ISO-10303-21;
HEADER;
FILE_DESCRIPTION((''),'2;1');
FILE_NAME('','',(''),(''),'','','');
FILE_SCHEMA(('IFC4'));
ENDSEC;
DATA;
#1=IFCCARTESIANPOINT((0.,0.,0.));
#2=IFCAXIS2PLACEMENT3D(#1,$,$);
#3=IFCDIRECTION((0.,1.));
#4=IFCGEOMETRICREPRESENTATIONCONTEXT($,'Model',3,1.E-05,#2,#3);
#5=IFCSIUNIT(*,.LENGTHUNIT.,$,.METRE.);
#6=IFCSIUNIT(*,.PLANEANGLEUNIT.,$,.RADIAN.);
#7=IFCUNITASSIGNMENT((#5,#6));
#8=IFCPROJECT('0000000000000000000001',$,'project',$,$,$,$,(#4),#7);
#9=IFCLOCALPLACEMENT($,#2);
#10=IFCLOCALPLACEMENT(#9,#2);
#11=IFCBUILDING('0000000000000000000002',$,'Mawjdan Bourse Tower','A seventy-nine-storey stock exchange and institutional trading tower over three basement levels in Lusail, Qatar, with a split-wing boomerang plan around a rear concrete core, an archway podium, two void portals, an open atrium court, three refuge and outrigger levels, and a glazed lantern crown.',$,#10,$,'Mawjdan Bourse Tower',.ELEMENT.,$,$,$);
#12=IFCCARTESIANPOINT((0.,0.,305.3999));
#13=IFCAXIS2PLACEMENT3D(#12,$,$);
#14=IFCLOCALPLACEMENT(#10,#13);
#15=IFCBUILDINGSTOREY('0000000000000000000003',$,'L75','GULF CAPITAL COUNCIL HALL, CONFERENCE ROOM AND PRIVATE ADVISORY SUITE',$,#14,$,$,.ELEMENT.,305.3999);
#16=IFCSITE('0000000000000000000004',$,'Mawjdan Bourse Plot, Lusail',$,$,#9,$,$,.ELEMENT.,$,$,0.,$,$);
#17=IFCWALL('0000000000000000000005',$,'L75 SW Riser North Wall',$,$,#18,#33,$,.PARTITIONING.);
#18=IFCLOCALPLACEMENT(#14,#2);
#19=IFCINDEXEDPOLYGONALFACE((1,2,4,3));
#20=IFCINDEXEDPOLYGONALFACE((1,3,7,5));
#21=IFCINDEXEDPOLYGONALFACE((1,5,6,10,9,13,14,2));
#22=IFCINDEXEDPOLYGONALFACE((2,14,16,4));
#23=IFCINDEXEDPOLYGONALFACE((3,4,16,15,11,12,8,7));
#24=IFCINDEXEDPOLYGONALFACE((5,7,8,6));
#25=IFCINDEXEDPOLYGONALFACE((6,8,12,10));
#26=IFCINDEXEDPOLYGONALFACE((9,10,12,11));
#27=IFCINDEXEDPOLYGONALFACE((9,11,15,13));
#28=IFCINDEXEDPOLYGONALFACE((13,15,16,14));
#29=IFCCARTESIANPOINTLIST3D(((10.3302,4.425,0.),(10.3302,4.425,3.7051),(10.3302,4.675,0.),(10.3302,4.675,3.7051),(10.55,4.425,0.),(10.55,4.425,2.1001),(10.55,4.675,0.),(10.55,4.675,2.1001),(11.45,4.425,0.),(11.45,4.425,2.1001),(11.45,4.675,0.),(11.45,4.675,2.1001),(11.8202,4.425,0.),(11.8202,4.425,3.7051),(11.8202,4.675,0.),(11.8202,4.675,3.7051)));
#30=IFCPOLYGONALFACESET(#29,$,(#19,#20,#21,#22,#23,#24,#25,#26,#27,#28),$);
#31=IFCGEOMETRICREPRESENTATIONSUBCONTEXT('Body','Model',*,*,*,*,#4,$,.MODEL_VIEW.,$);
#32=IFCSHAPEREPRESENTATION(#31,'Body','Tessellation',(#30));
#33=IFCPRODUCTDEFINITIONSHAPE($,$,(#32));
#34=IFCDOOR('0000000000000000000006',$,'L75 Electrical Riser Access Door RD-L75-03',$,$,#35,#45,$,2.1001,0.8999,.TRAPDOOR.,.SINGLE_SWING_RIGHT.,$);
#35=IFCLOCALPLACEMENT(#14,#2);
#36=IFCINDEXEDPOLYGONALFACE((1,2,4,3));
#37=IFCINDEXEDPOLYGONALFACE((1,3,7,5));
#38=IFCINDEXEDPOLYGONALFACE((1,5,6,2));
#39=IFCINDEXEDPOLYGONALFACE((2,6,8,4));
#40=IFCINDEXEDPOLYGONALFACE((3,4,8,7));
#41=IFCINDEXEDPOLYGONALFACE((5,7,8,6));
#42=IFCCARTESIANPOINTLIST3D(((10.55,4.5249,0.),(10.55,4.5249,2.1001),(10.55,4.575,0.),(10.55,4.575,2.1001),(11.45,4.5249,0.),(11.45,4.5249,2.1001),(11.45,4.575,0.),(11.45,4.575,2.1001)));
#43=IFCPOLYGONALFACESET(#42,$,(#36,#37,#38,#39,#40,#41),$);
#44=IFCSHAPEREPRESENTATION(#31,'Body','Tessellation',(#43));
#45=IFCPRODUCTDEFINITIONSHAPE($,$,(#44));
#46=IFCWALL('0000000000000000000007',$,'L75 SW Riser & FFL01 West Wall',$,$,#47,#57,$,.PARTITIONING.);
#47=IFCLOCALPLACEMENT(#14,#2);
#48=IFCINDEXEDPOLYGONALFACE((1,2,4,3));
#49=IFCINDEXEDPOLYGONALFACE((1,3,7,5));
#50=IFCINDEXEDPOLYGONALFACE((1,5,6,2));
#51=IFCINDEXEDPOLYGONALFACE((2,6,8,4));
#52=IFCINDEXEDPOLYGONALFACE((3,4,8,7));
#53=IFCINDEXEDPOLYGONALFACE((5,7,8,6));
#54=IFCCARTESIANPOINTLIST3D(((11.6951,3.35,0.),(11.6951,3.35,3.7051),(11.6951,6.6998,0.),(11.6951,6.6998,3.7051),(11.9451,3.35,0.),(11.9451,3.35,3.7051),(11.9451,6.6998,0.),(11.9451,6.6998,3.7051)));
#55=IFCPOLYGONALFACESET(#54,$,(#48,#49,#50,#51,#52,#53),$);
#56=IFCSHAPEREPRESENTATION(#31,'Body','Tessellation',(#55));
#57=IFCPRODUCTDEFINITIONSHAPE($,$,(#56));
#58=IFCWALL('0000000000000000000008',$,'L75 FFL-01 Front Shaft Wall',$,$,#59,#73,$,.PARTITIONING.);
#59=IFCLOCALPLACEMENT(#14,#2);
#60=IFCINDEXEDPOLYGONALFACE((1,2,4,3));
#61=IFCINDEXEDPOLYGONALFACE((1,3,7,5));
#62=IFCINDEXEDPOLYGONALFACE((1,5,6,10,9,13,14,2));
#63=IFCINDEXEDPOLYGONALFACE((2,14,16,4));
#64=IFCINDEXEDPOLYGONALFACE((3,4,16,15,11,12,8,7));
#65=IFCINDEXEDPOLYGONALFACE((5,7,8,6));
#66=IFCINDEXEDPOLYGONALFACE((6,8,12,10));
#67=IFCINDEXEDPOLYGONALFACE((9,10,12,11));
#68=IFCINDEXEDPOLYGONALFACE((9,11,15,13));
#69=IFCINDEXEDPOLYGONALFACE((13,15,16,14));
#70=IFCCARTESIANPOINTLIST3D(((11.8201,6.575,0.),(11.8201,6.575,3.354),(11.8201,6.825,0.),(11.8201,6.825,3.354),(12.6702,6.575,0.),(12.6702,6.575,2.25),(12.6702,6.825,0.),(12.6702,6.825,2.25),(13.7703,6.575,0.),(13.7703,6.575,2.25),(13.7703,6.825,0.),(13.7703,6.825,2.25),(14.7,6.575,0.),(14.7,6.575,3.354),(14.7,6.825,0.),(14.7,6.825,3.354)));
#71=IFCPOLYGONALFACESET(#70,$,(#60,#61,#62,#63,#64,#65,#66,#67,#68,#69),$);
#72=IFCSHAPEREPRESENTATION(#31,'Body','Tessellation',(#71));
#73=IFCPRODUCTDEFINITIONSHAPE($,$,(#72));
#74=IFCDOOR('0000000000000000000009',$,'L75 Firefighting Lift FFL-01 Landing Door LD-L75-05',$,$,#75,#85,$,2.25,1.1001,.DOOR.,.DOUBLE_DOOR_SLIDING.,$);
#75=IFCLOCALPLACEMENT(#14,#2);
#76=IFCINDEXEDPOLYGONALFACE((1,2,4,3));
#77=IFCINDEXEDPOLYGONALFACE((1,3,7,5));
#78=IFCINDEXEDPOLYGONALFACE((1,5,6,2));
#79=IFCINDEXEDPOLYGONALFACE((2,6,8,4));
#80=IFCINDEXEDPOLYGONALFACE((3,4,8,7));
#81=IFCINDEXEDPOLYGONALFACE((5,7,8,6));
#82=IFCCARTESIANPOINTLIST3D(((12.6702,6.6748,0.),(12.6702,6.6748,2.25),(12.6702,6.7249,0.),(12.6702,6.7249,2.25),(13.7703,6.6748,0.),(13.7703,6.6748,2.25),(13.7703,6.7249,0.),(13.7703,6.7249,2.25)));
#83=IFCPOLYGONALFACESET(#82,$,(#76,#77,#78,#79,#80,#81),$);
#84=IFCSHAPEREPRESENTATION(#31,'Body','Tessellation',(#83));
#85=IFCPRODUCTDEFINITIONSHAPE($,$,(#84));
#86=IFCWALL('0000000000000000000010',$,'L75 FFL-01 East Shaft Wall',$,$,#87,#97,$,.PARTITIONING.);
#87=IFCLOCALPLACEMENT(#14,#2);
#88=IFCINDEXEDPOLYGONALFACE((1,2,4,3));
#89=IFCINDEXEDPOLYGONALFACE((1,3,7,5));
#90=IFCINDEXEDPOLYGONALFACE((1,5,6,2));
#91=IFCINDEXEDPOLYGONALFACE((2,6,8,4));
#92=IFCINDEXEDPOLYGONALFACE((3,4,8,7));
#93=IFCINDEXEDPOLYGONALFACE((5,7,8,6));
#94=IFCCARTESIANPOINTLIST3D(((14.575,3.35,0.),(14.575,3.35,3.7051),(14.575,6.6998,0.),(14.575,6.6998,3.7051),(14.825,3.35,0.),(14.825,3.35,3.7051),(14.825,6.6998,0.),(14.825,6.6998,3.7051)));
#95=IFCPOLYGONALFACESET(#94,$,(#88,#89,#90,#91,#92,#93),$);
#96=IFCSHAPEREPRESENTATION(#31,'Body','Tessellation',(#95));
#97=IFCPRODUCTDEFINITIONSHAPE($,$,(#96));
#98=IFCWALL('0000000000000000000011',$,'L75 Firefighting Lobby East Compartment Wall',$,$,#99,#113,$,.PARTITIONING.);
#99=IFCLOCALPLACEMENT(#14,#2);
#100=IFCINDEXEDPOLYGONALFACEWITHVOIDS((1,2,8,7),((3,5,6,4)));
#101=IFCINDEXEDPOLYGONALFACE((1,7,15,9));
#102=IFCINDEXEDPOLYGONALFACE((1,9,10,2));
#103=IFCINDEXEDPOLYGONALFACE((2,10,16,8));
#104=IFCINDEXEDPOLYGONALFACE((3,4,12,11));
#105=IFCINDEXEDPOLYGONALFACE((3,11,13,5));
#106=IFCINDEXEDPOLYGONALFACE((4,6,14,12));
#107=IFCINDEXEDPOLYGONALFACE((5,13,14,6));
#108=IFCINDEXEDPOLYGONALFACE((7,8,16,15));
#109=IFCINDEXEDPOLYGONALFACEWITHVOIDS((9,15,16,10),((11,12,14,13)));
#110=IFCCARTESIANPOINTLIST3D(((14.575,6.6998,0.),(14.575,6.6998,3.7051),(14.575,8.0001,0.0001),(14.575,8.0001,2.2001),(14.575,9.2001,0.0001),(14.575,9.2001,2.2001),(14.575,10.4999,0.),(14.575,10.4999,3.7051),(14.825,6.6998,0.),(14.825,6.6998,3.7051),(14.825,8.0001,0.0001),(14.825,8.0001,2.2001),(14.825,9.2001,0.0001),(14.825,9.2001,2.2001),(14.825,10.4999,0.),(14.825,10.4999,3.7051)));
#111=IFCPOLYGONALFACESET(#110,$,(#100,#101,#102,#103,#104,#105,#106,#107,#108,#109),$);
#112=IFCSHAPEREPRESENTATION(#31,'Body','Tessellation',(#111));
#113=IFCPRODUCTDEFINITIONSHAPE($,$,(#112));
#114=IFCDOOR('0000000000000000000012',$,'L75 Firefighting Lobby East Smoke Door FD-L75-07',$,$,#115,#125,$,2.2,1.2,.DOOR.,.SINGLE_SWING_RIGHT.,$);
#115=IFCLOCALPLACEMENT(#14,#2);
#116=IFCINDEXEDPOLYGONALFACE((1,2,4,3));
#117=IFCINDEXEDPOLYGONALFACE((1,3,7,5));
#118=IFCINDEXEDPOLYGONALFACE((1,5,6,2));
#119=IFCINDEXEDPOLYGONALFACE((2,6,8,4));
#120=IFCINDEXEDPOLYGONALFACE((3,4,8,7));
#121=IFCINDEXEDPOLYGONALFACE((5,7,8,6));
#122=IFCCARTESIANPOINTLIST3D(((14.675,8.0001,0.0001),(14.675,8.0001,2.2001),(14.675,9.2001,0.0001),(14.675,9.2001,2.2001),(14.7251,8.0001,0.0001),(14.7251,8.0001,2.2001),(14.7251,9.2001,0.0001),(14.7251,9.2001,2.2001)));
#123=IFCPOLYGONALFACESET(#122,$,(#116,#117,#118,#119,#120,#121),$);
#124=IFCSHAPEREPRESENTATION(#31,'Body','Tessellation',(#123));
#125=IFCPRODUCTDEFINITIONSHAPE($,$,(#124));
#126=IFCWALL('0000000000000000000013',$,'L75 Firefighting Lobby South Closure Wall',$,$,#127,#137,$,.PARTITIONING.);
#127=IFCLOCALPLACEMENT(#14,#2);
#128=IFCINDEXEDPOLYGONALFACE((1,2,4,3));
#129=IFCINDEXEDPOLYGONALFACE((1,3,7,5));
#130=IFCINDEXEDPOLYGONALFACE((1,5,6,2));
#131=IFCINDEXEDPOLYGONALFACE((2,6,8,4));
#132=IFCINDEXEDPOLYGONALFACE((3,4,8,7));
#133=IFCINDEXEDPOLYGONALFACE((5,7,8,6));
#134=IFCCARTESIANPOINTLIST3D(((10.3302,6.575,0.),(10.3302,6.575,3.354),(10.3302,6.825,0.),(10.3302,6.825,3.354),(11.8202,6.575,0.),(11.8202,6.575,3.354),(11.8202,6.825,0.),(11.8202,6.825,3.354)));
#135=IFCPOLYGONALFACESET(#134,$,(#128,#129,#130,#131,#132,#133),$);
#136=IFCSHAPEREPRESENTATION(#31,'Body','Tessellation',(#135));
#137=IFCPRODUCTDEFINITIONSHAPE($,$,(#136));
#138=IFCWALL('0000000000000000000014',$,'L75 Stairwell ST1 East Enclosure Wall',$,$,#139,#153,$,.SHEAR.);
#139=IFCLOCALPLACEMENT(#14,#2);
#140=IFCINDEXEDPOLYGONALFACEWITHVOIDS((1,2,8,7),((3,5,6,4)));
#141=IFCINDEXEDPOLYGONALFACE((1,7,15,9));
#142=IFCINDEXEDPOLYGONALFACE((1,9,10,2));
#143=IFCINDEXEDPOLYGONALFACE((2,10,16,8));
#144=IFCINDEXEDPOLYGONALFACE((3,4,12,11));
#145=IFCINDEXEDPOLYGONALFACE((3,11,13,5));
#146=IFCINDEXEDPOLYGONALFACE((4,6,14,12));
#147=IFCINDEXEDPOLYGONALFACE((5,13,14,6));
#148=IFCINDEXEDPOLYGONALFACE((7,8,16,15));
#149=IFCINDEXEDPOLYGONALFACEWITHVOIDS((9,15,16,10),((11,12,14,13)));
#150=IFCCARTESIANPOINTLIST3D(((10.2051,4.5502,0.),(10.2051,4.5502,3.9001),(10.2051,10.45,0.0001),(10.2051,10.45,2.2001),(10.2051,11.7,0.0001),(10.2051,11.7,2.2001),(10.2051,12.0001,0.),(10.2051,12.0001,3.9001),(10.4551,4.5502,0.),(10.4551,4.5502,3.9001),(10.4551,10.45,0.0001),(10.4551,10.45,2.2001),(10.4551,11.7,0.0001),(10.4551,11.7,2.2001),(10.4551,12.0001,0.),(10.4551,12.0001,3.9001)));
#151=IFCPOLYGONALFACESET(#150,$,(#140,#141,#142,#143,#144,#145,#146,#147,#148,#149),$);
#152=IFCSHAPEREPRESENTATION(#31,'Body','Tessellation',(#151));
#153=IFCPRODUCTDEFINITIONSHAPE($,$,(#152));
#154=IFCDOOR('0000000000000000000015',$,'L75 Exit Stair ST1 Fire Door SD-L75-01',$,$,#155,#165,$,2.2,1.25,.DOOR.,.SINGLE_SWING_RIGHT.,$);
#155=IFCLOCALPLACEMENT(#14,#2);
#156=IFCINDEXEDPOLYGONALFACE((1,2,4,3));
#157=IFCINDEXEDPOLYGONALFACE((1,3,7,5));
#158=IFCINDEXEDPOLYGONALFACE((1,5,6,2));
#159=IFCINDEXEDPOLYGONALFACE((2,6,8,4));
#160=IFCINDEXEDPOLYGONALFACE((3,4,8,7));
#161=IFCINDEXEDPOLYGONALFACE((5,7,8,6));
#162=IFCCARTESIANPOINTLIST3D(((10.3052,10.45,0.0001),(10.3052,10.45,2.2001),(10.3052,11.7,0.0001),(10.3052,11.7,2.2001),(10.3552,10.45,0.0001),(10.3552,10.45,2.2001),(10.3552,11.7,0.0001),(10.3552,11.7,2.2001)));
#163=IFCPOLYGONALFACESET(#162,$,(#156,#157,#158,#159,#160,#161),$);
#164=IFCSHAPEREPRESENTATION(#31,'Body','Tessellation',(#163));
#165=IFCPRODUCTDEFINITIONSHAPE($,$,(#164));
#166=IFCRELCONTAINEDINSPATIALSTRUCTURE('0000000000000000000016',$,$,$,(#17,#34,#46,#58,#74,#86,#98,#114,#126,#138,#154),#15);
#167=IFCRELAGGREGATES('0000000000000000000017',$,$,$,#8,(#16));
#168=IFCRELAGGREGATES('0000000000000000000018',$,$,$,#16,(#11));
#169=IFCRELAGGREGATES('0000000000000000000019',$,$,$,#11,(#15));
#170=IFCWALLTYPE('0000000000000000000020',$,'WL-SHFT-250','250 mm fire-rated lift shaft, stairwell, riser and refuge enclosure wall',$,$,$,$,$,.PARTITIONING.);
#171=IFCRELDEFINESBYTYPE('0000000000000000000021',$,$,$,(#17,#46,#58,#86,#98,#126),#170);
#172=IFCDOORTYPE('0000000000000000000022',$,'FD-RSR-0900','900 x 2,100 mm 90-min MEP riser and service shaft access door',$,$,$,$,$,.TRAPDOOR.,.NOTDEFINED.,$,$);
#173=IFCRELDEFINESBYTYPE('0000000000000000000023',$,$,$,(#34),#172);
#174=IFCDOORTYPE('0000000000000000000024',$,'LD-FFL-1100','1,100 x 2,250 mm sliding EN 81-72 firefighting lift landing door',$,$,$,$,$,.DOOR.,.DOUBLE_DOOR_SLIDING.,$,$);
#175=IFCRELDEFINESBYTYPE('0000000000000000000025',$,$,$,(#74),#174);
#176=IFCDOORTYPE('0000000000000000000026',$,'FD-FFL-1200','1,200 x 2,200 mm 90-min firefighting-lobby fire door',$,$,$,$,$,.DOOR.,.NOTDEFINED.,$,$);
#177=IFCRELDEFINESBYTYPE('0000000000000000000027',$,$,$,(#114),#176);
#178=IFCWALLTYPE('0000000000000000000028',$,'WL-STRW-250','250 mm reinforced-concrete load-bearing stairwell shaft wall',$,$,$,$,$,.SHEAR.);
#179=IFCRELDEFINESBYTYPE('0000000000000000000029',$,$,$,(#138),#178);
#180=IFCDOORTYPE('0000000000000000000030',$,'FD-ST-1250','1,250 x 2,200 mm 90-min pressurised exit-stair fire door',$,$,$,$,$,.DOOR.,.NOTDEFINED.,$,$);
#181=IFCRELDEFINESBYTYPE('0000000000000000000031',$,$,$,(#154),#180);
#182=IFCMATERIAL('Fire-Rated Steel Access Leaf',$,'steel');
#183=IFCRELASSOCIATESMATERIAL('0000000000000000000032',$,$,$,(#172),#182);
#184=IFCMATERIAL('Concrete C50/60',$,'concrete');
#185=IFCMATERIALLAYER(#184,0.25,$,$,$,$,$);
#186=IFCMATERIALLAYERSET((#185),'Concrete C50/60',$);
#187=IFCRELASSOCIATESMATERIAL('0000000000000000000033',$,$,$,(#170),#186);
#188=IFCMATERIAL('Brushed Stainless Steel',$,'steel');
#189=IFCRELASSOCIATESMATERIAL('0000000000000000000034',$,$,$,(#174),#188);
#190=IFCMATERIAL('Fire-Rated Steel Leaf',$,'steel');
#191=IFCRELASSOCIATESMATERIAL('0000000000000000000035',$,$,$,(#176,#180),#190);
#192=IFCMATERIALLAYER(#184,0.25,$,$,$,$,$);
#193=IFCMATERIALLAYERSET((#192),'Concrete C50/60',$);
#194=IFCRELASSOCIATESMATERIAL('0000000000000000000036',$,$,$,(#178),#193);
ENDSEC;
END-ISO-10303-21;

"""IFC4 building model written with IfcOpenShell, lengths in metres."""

from ifc_helpers import new_model, si_unit, direction, frame, frame_2d, origin, place, context, subcontext, project, spatial, rectangle, extrude, material, layer, layer_set, type_object, element, fill, save


model = new_model("IFC4")

# Units and contexts
model_context = context("Model", 3, precision=1e-05, world=origin(), true_north=direction((0.0, 1.0)))
body_context = subcontext(model_context, "Body", "Model", "MODEL_VIEW")
ifc_project = project(units=[si_unit("LENGTHUNIT", "METRE"), si_unit("PLANEANGLEUNIT", "RADIAN")], contexts=[model_context])

# Site, building, storey
site_placement = place(None, origin())
site = spatial("IfcSite", under=ifc_project, at=site_placement, Name="Mawjdan Bourse Plot, Lusail", CompositionType="ELEMENT", RefElevation=0.0)
building_placement = place(site_placement, origin())
building = spatial("IfcBuilding", under=site, at=building_placement, Name="Mawjdan Bourse Tower", Description="A seventy-nine-storey stock exchange and institutional trading tower over three basement levels in Lusail, Qatar, with a split-wing boomerang plan around a rear concrete core, an archway podium, two void portals, an open atrium court, three refuge and outrigger levels, and a glazed lantern crown.", LongName="Mawjdan Bourse Tower", CompositionType="ELEMENT")
storey_placement = place(building_placement, frame((0.0, 0.0, 305.3999)))
storey = spatial("IfcBuildingStorey", under=building, at=storey_placement, Name="L75", Description="GULF CAPITAL COUNCIL HALL, CONFERENCE ROOM AND PRIVATE ADVISORY SUITE", CompositionType="ELEMENT", Elevation=305.3999)

# Shared definitions
ifc_material_1 = material(Name="Fire-Rated Steel Access Leaf", Category="steel")
door_type_1 = type_object("IfcDoorType", Name="FD-RSR-0900", Description="900 x 2,100 mm 90-min MEP riser and service shaft access door", OperationType="NOTDEFINED", PredefinedType="TRAPDOOR", material=ifc_material_1)

# Wall, opening, door
ifc_material_2 = material(Name="Concrete C50/60", Category="concrete")
ifc_layer_1 = layer(ifc_material_2, 0.25)
ifc_layer_set_1 = layer_set([ifc_layer_1], Name="Concrete C50/60")
wall_type_1 = type_object("IfcWallType", Name="WL-SHFT-250", Description="250 mm fire-rated lift shaft, stairwell, riser and refuge enclosure wall", PredefinedType="PARTITIONING", material=ifc_layer_set_1)
wall_1_placement = place(storey_placement, frame((10.3301, 4.55, 0.0), z_axis=(0.0, 0.0, 1.0), x_axis=(1.0, 0.0, 0.0)))
wall_1 = element("IfcWall", 1, at=wall_1_placement, inside=storey, type_object=wall_type_1, Name="L75 SW Riser North Wall", PredefinedType="PARTITIONING", context=body_context, shape_type="SweptSolid", body=[
    extrude(rectangle(XDim=1.49, YDim=0.25, at=frame_2d((0.7451, 0.0))), origin(), (0.0, 0.0, 1.0), 3.7051),
])
opening_1_placement = place(wall_1_placement, frame((0.22, 0.0, 0.0)))
opening_1 = element("IfcOpeningElement", 2, at=opening_1_placement, cuts=wall_1, PredefinedType="OPENING", context=body_context, shape_type="SweptSolid", body=[
    extrude(rectangle(XDim=0.8999, YDim=2.1001, at=frame_2d((0.45, 1.05))), frame((0.0, 0.135, 0.0), z_axis=(0.0, -1.0, 0.0), x_axis=(1.0, 0.0, 0.0)), (0.0, 0.0, 1.0), 0.27),
])
door_1_placement = place(opening_1_placement, origin())
door_1 = element("IfcDoor", 3, at=door_1_placement, inside=storey, type_object=door_type_1, Name="L75 Electrical Riser Access Door RD-L75-03", OperationType="SINGLE_SWING_RIGHT", OverallHeight=2.1001, OverallWidth=0.8999, PredefinedType="TRAPDOOR", context=body_context, shape_type="SweptSolid", body=[
    extrude(rectangle(XDim=0.8999, YDim=2.1001, at=frame_2d((0.45, 1.05))), frame((0.0, 0.0249, 0.0), z_axis=(0.0, -1.0, 0.0), x_axis=(1.0, 0.0, 0.0)), (0.0, 0.0, 1.0), 0.05),
])
fill(opening_1, door_1)

# Wall
wall_2_placement = place(storey_placement, frame((11.8201, 3.3501, 0.0), z_axis=(0.0, 0.0, 1.0), x_axis=(0.0, 1.0, 0.0)))
element("IfcWall", 4, at=wall_2_placement, inside=storey, type_object=wall_type_1, Name="L75 SW Riser & FFL01 West Wall", PredefinedType="PARTITIONING", context=body_context, shape_type="SweptSolid", body=[
    extrude(rectangle(XDim=3.3499, YDim=0.25, at=frame_2d((1.6748, 0.0))), origin(), (0.0, 0.0, 1.0), 3.7051),
])

# Wall, opening, door
wall_3_placement = place(storey_placement, frame((11.8201, 6.7, 0.0), z_axis=(0.0, 0.0, 1.0), x_axis=(1.0, 0.0, 0.0)))
wall_3 = element("IfcWall", 5, at=wall_3_placement, inside=storey, type_object=wall_type_1, Name="L75 FFL-01 Front Shaft Wall", PredefinedType="PARTITIONING", context=body_context, shape_type="SweptSolid", body=[
    extrude(rectangle(XDim=2.8799, YDim=0.25, at=frame_2d((1.4399, 0.0))), origin(), (0.0, 0.0, 1.0), 3.354),
])
opening_2_placement = place(wall_3_placement, frame((0.8501, 0.0, 0.0)))
opening_2 = element("IfcOpeningElement", 6, at=opening_2_placement, cuts=wall_3, PredefinedType="OPENING", context=body_context, shape_type="SweptSolid", body=[
    extrude(rectangle(XDim=1.1001, YDim=2.25, at=frame_2d((0.55, 1.125))), frame((0.0, 0.135, 0.0), z_axis=(0.0, -1.0, 0.0), x_axis=(1.0, 0.0, 0.0)), (0.0, 0.0, 1.0), 0.27),
])
ifc_material_3 = material(Name="Brushed Stainless Steel", Category="steel")
door_type_2 = type_object("IfcDoorType", Name="LD-FFL-1100", Description="1,100 x 2,250 mm sliding EN 81-72 firefighting lift landing door", OperationType="DOUBLE_DOOR_SLIDING", PredefinedType="DOOR", material=ifc_material_3)
door_2_placement = place(opening_2_placement, origin())
door_2 = element("IfcDoor", 7, at=door_2_placement, inside=storey, type_object=door_type_2, Name="L75 Firefighting Lift FFL-01 Landing Door LD-L75-05", OperationType="DOUBLE_DOOR_SLIDING", OverallHeight=2.25, OverallWidth=1.1001, PredefinedType="DOOR", context=body_context, shape_type="SweptSolid", body=[
    extrude(rectangle(XDim=1.1001, YDim=2.25, at=frame_2d((0.55, 1.125))), frame((0.0, 0.0249, 0.0), z_axis=(0.0, -1.0, 0.0), x_axis=(1.0, 0.0, 0.0)), (0.0, 0.0, 1.0), 0.05),
])
fill(opening_2, door_2)

# Wall
wall_4_placement = place(storey_placement, frame((14.7, 3.3501, 0.0), z_axis=(0.0, 0.0, 1.0), x_axis=(0.0, 1.0, 0.0)))
element("IfcWall", 8, at=wall_4_placement, inside=storey, type_object=wall_type_1, Name="L75 FFL-01 East Shaft Wall", PredefinedType="PARTITIONING", context=body_context, shape_type="SweptSolid", body=[
    extrude(rectangle(XDim=3.3499, YDim=0.25, at=frame_2d((1.6748, 0.0))), origin(), (0.0, 0.0, 1.0), 3.7051),
])

# Wall, opening, door
wall_5_placement = place(storey_placement, frame((14.7, 6.7, 0.0), z_axis=(0.0, 0.0, 1.0), x_axis=(0.0, 1.0, 0.0)))
wall_5 = element("IfcWall", 9, at=wall_5_placement, inside=storey, type_object=wall_type_1, Name="L75 Firefighting Lobby East Compartment Wall", PredefinedType="PARTITIONING", context=body_context, shape_type="SweptSolid", body=[
    extrude(rectangle(XDim=3.8, YDim=0.25, at=frame_2d((1.8999, 0.0))), origin(), (0.0, 0.0, 1.0), 3.7051),
])
opening_3_placement = place(wall_5_placement, frame((1.3, 0.0, 0.0)))
opening_3 = element("IfcOpeningElement", 10, at=opening_3_placement, cuts=wall_5, PredefinedType="OPENING", context=body_context, shape_type="SweptSolid", body=[
    extrude(rectangle(XDim=1.2, YDim=2.2, at=frame_2d((0.6001, 1.1001))), frame((0.0, 0.135, 0.0), z_axis=(0.0, -1.0, 0.0), x_axis=(1.0, 0.0, 0.0)), (0.0, 0.0, 1.0), 0.27),
])
ifc_material_4 = material(Name="Fire-Rated Steel Leaf", Category="steel")
door_type_3 = type_object("IfcDoorType", Name="FD-FFL-1200", Description="1,200 x 2,200 mm 90-min firefighting-lobby fire door", OperationType="NOTDEFINED", PredefinedType="DOOR", material=ifc_material_4)
door_3_placement = place(opening_3_placement, origin())
door_3 = element("IfcDoor", 11, at=door_3_placement, inside=storey, type_object=door_type_3, Name="L75 Firefighting Lobby East Smoke Door FD-L75-07", OperationType="SINGLE_SWING_RIGHT", OverallHeight=2.2, OverallWidth=1.2, PredefinedType="DOOR", context=body_context, shape_type="SweptSolid", body=[
    extrude(rectangle(XDim=1.2, YDim=2.2, at=frame_2d((0.6001, 1.1001))), frame((0.0, 0.0249, 0.0), z_axis=(0.0, -1.0, 0.0), x_axis=(1.0, 0.0, 0.0)), (0.0, 0.0, 1.0), 0.05),
])
fill(opening_3, door_3)

# Wall
wall_6_placement = place(storey_placement, frame((10.3301, 6.7, 0.0), z_axis=(0.0, 0.0, 1.0), x_axis=(1.0, 0.0, 0.0)))
element("IfcWall", 12, at=wall_6_placement, inside=storey, type_object=wall_type_1, Name="L75 Firefighting Lobby South Closure Wall", PredefinedType="PARTITIONING", context=body_context, shape_type="SweptSolid", body=[
    extrude(rectangle(XDim=1.49, YDim=0.25, at=frame_2d((0.7451, 0.0))), origin(), (0.0, 0.0, 1.0), 3.354),
])

# Wall, opening, door
ifc_layer_2 = layer(ifc_material_2, 0.25)
ifc_layer_set_2 = layer_set([ifc_layer_2], Name="Concrete C50/60")
wall_type_2 = type_object("IfcWallType", Name="WL-STRW-250", Description="250 mm reinforced-concrete load-bearing stairwell shaft wall", PredefinedType="SHEAR", material=ifc_layer_set_2)
wall_7_placement = place(storey_placement, frame((10.3301, 4.55, 0.0), z_axis=(0.0, 0.0, 1.0), x_axis=(0.0, 1.0, 0.0)))
wall_7 = element("IfcWall", 13, at=wall_7_placement, inside=storey, type_object=wall_type_2, Name="L75 Stairwell ST1 East Enclosure Wall", PredefinedType="SHEAR", context=body_context, shape_type="SweptSolid", body=[
    extrude(rectangle(XDim=7.45, YDim=0.25, at=frame_2d((3.7251, 0.0))), origin(), (0.0, 0.0, 1.0), 3.9001),
])
opening_4_placement = place(wall_7_placement, frame((5.8999, 0.0, 0.0)))
opening_4 = element("IfcOpeningElement", 14, at=opening_4_placement, cuts=wall_7, PredefinedType="OPENING", context=body_context, shape_type="SweptSolid", body=[
    extrude(rectangle(XDim=1.25, YDim=2.2, at=frame_2d((0.625, 1.1001))), frame((0.0, 0.135, 0.0), z_axis=(0.0, -1.0, 0.0), x_axis=(1.0, 0.0, 0.0)), (0.0, 0.0, 1.0), 0.27),
])
door_type_4 = type_object("IfcDoorType", Name="FD-ST-1250", Description="1,250 x 2,200 mm 90-min pressurised exit-stair fire door", OperationType="NOTDEFINED", PredefinedType="DOOR", material=ifc_material_4)
door_4_placement = place(opening_4_placement, origin())
door_4 = element("IfcDoor", 15, at=door_4_placement, inside=storey, type_object=door_type_4, Name="L75 Exit Stair ST1 Fire Door SD-L75-01", OperationType="SINGLE_SWING_RIGHT", OverallHeight=2.2, OverallWidth=1.25, PredefinedType="DOOR", context=body_context, shape_type="SweptSolid", body=[
    extrude(rectangle(XDim=1.25, YDim=2.2, at=frame_2d((0.625, 1.1001))), frame((0.0, 0.0249, 0.0), z_axis=(0.0, -1.0, 0.0), x_axis=(1.0, 0.0, 0.0)), (0.0, 0.0, 1.0), 0.05),
])
fill(opening_4, door_4)

save(model, "model.ifc")
